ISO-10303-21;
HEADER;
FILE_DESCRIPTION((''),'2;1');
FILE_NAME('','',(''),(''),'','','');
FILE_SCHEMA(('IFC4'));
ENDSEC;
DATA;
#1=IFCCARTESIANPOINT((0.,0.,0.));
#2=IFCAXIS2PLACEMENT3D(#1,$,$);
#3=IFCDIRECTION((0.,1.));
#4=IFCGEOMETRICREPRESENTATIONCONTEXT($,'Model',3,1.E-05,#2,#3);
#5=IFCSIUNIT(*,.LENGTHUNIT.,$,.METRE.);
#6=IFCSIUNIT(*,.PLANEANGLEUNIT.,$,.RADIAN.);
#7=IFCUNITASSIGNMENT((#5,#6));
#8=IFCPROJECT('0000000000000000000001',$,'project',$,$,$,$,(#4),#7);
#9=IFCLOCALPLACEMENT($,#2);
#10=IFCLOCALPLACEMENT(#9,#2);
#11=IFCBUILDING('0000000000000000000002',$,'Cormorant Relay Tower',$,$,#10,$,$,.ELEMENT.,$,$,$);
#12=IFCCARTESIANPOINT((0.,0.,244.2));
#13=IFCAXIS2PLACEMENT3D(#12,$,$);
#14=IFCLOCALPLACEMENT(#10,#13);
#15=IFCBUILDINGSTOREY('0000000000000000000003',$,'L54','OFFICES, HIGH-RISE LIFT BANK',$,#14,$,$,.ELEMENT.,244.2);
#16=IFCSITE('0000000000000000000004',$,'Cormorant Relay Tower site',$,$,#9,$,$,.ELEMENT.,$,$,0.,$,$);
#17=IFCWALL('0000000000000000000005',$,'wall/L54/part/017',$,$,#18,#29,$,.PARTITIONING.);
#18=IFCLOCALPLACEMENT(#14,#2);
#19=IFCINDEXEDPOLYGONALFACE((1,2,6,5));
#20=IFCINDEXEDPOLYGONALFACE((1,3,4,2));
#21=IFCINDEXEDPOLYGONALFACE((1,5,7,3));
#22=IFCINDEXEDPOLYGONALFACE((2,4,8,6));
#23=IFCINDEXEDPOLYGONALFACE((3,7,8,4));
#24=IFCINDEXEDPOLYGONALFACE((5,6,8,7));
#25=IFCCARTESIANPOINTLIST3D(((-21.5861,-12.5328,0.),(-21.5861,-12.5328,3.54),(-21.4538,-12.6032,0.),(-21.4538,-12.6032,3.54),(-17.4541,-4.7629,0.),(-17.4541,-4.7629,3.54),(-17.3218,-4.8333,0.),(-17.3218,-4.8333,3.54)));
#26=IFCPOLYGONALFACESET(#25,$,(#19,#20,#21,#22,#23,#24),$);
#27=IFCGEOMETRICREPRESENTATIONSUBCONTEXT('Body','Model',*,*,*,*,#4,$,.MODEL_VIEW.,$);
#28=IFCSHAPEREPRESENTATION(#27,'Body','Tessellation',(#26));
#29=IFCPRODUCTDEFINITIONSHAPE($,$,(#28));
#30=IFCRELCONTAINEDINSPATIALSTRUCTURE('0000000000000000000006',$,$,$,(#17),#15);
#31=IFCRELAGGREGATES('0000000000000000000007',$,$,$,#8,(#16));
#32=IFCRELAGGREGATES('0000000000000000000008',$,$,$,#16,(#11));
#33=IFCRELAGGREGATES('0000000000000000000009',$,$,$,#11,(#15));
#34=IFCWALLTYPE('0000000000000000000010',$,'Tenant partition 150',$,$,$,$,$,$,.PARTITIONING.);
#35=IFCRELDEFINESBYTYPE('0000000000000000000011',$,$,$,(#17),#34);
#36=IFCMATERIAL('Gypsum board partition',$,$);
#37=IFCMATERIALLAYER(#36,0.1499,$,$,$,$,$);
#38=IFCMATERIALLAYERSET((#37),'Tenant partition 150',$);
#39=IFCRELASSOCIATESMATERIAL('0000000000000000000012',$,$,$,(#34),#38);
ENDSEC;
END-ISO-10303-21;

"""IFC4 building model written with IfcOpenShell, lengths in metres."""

from ifc_helpers import new_model, si_unit, direction, frame, frame_2d, origin, place, context, subcontext, project, spatial, rectangle, extrude, material, layer, layer_set, type_object, element, save


model = new_model("IFC4")

# Units and contexts
model_context = context("Model", 3, precision=1e-05, world=origin(), true_north=direction((0.0, 1.0)))
body_context = subcontext(model_context, "Body", "Model", "MODEL_VIEW")
ifc_project = project(units=[si_unit("LENGTHUNIT", "METRE"), si_unit("PLANEANGLEUNIT", "RADIAN")], contexts=[model_context])

# Site, building, storey
site_placement = place(None, origin())
site = spatial("IfcSite", under=ifc_project, at=site_placement, Name="Cormorant Relay Tower site", CompositionType="ELEMENT", RefElevation=0.0)
building_placement = place(site_placement, origin())
building = spatial("IfcBuilding", under=site, at=building_placement, Name="Cormorant Relay Tower", CompositionType="ELEMENT")
storey_placement = place(building_placement, frame((0.0, 0.0, 244.2)))
storey = spatial("IfcBuildingStorey", under=building, at=storey_placement, Name="L54", Description="OFFICES, HIGH-RISE LIFT BANK", CompositionType="ELEMENT", Elevation=244.2)

# Wall
ifc_material_1 = material(Name="Gypsum board partition")
ifc_layer_1 = layer(ifc_material_1, 0.1499)
ifc_layer_set_1 = layer_set([ifc_layer_1], Name="Tenant partition 150")
wall_type_1 = type_object("IfcWallType", Name="Tenant partition 150", PredefinedType="PARTITIONING", material=ifc_layer_set_1)
wall_1_placement = place(storey_placement, frame((-17.3879, -4.7981, 0.0), z_axis=(0.0, 0.0, 1.0), x_axis=(-0.469532, -0.882915, 0.0)))
element("IfcWall", 1, at=wall_1_placement, inside=storey, type_object=wall_type_1, Name="wall/L54/part/017", PredefinedType="PARTITIONING", context=body_context, shape_type="SweptSolid", body=[
    extrude(rectangle(XDim=8.8003, YDim=0.1499, at=frame_2d((4.4001, 0.0))), origin(), (0.0, 0.0, 1.0), 3.54),
])

save(model, "model.ifc")
